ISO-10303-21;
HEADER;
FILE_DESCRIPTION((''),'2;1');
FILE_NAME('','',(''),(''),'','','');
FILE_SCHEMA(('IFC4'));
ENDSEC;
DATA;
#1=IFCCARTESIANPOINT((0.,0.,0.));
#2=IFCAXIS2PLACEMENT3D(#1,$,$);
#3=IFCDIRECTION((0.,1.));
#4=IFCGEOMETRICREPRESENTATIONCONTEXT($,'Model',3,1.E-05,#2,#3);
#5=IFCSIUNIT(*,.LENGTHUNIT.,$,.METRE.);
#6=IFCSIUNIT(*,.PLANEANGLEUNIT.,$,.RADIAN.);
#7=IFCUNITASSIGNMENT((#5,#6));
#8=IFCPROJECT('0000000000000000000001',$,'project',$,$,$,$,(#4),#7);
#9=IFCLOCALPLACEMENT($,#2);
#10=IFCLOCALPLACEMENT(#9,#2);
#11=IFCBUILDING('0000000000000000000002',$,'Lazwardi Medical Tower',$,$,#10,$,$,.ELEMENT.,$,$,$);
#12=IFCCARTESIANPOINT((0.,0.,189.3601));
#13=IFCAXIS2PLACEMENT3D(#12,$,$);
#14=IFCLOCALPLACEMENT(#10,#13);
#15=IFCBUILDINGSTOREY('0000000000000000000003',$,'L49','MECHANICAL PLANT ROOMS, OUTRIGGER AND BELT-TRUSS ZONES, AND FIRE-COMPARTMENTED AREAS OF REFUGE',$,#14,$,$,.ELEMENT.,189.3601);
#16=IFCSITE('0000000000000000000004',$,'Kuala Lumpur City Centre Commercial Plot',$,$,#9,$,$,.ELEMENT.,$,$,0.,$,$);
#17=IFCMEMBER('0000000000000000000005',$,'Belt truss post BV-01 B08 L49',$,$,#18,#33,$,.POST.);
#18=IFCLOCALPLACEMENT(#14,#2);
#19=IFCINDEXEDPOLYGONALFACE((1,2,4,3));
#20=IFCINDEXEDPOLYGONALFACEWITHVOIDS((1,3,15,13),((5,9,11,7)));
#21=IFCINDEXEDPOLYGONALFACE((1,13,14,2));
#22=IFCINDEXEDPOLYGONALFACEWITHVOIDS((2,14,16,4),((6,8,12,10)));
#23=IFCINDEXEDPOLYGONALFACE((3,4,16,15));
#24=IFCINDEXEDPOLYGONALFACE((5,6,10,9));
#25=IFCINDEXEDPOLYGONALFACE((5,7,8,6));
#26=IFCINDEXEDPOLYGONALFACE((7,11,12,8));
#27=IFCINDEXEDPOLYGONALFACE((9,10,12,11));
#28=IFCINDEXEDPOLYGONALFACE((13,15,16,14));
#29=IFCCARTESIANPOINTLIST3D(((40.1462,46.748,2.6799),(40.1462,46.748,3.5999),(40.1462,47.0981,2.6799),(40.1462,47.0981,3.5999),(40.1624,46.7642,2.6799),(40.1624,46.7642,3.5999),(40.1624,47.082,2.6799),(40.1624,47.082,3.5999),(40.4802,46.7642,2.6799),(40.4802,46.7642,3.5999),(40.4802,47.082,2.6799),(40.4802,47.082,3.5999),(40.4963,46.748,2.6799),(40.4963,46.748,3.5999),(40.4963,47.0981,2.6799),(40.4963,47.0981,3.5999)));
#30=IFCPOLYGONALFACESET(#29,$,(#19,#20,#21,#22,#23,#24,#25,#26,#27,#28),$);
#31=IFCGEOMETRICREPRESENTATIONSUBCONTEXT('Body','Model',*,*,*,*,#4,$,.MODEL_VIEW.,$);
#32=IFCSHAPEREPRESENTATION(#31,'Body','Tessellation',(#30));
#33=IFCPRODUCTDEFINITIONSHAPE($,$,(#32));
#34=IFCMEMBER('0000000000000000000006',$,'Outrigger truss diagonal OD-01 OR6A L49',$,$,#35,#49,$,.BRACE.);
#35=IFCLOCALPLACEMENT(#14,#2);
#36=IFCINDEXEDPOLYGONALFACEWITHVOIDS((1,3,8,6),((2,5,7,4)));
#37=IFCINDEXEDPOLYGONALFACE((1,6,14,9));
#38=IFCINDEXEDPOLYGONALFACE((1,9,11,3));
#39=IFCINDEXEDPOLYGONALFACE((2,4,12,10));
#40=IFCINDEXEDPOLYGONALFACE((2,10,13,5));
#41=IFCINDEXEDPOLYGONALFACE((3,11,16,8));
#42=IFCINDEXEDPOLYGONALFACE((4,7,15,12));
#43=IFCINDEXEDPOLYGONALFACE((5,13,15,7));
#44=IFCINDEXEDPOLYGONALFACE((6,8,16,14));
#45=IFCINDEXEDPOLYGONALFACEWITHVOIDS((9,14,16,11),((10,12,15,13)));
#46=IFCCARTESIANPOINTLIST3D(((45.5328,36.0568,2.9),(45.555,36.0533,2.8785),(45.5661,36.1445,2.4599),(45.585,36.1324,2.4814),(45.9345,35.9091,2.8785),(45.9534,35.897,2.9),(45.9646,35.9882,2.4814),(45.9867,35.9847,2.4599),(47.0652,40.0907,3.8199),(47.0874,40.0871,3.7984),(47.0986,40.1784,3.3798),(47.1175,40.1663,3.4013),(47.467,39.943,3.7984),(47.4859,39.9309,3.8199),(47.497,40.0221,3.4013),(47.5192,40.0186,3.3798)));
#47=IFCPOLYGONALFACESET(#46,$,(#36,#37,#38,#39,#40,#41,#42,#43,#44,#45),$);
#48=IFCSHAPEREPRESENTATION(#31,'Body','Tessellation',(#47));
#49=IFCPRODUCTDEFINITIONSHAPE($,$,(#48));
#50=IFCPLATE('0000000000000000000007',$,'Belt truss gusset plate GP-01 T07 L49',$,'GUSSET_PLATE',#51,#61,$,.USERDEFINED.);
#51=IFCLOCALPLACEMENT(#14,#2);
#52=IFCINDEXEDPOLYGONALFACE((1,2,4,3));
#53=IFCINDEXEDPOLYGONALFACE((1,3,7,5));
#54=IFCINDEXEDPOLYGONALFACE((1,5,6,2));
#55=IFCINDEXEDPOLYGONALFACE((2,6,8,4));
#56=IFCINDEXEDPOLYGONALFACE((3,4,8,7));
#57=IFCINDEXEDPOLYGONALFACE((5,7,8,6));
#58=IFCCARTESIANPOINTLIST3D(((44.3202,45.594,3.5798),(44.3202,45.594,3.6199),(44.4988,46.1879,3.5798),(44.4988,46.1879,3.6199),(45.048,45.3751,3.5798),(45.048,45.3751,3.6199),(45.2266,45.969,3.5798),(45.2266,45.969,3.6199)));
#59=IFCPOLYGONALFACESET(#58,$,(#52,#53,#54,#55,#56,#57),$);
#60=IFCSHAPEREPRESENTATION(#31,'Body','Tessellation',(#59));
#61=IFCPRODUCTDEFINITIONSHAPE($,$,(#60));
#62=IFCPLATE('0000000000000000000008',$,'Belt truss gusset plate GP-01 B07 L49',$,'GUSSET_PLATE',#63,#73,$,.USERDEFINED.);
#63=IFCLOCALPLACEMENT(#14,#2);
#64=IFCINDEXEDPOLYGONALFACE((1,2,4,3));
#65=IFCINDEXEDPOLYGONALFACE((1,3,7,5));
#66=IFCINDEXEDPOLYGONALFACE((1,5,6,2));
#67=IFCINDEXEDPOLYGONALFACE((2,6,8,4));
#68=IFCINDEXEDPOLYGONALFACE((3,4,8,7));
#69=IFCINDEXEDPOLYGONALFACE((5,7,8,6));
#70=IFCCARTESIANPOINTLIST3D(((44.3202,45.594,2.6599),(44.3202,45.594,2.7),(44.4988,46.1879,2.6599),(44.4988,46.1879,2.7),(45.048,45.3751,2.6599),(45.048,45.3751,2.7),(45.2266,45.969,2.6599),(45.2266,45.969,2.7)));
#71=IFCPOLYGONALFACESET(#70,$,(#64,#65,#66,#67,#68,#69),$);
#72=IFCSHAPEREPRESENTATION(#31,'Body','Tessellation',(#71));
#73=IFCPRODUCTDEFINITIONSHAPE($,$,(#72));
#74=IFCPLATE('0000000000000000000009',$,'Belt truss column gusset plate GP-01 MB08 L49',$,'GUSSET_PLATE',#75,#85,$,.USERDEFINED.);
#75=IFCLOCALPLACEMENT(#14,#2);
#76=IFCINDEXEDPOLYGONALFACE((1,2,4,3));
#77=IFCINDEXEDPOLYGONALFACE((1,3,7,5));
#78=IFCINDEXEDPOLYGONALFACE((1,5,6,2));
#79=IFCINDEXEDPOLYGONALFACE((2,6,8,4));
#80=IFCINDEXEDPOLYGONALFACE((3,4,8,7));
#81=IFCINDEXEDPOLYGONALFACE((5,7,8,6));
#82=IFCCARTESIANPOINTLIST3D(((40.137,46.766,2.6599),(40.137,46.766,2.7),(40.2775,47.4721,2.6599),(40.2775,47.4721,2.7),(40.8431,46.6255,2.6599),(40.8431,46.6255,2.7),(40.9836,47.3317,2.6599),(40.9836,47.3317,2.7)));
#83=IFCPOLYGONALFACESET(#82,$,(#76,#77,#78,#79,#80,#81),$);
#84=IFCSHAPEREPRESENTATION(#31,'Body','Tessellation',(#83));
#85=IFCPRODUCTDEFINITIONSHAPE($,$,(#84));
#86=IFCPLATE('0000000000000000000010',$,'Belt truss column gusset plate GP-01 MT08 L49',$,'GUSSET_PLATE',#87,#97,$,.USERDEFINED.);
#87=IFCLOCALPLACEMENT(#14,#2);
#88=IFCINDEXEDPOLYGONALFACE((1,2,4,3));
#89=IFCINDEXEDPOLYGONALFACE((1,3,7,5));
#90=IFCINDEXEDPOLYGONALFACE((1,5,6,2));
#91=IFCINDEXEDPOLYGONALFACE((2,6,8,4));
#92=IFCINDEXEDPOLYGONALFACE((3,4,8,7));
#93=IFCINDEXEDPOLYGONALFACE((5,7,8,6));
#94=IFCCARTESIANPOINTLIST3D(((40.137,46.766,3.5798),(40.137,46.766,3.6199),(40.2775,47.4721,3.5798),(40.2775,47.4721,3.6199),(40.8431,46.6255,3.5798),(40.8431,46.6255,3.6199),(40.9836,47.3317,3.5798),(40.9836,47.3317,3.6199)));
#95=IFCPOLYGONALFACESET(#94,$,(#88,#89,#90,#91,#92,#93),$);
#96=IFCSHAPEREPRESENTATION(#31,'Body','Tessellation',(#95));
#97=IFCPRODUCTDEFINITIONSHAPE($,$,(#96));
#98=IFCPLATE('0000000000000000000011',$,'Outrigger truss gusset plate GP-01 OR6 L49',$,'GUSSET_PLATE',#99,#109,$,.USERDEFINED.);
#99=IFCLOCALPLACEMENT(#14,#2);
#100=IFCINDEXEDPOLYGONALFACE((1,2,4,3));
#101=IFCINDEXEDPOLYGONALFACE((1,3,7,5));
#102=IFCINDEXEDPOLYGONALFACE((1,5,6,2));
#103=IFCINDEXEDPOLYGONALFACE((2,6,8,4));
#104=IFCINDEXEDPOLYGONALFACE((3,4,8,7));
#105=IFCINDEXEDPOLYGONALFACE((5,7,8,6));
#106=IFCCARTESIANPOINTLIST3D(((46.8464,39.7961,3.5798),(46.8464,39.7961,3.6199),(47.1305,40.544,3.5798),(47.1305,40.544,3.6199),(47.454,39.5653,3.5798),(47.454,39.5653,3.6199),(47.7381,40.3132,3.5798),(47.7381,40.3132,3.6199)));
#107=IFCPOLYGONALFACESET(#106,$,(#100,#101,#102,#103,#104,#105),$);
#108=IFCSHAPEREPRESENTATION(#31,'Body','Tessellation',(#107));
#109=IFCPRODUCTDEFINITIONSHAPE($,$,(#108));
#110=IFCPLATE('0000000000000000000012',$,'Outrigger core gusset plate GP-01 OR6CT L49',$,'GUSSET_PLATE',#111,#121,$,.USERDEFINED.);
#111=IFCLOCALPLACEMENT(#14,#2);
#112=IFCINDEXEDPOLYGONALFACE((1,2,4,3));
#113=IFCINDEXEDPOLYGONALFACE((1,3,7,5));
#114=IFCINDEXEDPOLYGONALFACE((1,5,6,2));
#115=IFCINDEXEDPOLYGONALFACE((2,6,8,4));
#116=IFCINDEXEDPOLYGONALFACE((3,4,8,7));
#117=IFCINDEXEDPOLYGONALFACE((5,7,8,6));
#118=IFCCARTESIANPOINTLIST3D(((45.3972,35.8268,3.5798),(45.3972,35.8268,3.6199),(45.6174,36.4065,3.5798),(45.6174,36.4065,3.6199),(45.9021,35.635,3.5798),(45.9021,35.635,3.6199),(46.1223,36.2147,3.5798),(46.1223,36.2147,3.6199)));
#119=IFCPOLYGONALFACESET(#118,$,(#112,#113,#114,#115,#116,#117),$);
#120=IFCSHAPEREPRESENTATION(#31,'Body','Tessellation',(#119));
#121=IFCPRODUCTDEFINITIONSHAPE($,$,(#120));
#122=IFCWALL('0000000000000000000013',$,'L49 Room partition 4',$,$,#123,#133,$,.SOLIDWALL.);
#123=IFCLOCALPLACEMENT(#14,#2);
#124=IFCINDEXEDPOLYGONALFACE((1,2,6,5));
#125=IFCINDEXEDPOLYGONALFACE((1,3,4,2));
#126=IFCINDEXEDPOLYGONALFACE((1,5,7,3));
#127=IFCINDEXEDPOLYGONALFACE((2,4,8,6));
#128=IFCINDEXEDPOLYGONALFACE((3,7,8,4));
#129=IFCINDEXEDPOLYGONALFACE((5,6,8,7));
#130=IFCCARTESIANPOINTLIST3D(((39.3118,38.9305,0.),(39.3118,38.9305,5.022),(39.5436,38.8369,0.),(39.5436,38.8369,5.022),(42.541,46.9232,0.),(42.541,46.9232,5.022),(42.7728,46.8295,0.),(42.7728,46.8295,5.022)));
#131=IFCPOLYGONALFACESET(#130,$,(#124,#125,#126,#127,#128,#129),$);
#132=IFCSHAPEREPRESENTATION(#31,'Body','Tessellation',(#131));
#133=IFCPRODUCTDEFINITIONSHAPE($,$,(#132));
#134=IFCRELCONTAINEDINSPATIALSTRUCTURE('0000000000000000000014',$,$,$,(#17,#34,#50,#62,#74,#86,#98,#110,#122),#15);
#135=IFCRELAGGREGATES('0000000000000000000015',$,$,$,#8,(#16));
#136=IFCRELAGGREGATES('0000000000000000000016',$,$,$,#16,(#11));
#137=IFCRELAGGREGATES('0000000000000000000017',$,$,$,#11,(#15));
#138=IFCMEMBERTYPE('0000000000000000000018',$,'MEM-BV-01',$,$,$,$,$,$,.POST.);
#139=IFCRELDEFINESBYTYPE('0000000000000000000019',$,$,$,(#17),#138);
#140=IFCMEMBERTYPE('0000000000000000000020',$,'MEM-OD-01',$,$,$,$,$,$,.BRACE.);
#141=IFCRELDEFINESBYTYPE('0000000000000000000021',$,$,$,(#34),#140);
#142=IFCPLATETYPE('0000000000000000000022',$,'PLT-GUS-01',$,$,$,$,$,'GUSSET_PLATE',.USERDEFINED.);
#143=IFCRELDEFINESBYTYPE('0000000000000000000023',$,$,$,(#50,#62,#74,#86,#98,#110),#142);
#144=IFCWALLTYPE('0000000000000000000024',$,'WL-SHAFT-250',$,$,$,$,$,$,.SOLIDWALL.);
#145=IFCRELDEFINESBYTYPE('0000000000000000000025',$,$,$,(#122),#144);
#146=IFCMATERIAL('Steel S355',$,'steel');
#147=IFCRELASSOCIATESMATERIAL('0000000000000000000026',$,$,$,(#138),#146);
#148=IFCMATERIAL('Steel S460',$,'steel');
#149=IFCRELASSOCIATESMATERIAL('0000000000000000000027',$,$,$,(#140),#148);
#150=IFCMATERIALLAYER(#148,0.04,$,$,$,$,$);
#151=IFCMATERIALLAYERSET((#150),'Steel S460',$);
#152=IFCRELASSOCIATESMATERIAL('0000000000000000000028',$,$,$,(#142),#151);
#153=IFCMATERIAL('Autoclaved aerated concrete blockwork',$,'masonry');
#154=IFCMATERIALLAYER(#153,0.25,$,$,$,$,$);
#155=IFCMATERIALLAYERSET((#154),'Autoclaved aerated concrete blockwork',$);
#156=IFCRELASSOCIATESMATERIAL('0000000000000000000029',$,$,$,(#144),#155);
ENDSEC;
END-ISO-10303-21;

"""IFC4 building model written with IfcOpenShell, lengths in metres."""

from ifc_helpers import new_model, si_unit, direction, frame, frame_2d, origin, origin_2d, place, context, subcontext, project, spatial, rectangle, hollow_rectangle, extrude, material, layer, layer_set, material_profile, profile_set, type_object, element, save


model = new_model("IFC4")

# Units and contexts
model_context = context("Model", 3, precision=1e-05, world=origin(), true_north=direction((0.0, 1.0)))
body_context = subcontext(model_context, "Body", "Model", "MODEL_VIEW")
ifc_project = project(units=[si_unit("LENGTHUNIT", "METRE"), si_unit("PLANEANGLEUNIT", "RADIAN")], contexts=[model_context])

# Site, building, storey
site_placement = place(None, origin())
site = spatial("IfcSite", under=ifc_project, at=site_placement, Name="Kuala Lumpur City Centre Commercial Plot", CompositionType="ELEMENT", RefElevation=0.0)
building_placement = place(site_placement, origin())
building = spatial("IfcBuilding", under=site, at=building_placement, Name="Lazwardi Medical Tower", CompositionType="ELEMENT")
storey_placement = place(building_placement, frame((0.0, 0.0, 189.3601)))
storey = spatial("IfcBuildingStorey", under=building, at=storey_placement, Name="L49", Description="MECHANICAL PLANT ROOMS, OUTRIGGER AND BELT-TRUSS ZONES, AND FIRE-COMPARTMENTED AREAS OF REFUGE", CompositionType="ELEMENT", Elevation=189.3601)

# Shared definitions
ifc_material_1 = material(Name="Steel S355", Category="steel")
ifc_material_2 = material(Name="Steel S460", Category="steel")

# Members
ifc_material_profile_1 = material_profile(ifc_material_1, hollow_rectangle(XDim=0.3501, YDim=0.3501, WallThickness=0.0161, at=origin_2d()), Name="RHS 350x350x16")
ifc_profile_set_1 = profile_set([ifc_material_profile_1], Name="Steel S355")
member_type_1 = type_object("IfcMemberType", Name="MEM-BV-01", PredefinedType="POST", material=ifc_profile_set_1)
member_1_placement = place(storey_placement, frame((40.3213, 46.9231, 2.6799), z_axis=(0.0, 0.0, 1.0), x_axis=(1.0, 0.0, 0.0)))
element("IfcMember", 1, at=member_1_placement, inside=storey, type_object=member_type_1, Name="Belt truss post BV-01 B08 L49", PredefinedType="POST", context=body_context, shape_type="SweptSolid", body=[
    extrude(hollow_rectangle(XDim=0.3501, YDim=0.3501, WallThickness=0.0161, at=origin_2d()), origin(), (0.0, 0.0, 1.0), 0.9199),
])
ifc_material_profile_2 = material_profile(ifc_material_2, hollow_rectangle(XDim=0.45, YDim=0.45, WallThickness=0.022, at=origin_2d()), Name="RHS 450x450x22")
ifc_profile_set_2 = profile_set([ifc_material_profile_2], Name="Steel S460")
member_type_2 = type_object("IfcMemberType", Name="MEM-OD-01", PredefinedType="BRACE", material=ifc_profile_set_2)
member_2_placement = place(storey_placement, frame((45.7598, 36.0208, 2.6799), z_axis=(0.347327, 0.914272, 0.208496), x_axis=(-0.934816, 0.355132, 0.0)))
element("IfcMember", 2, at=member_2_placement, inside=storey, type_object=member_type_2, Name="Outrigger truss diagonal OD-01 OR6A L49", PredefinedType="BRACE", context=body_context, shape_type="SweptSolid", body=[
    extrude(hollow_rectangle(XDim=0.45, YDim=0.45, WallThickness=0.022, at=origin_2d()), origin(), (0.0, 0.0, 1.0), 4.4121),
])

# Plates
ifc_layer_1 = layer(ifc_material_2, 0.04)
ifc_layer_set_1 = layer_set([ifc_layer_1], Name="Steel S460")
plate_type = type_object("IfcPlateType", Name="PLT-GUS-01", ElementType="GUSSET_PLATE", PredefinedType="USERDEFINED", material=ifc_layer_set_1)
for number, where, z_axis, x_axis, name in (
    (3, (44.7734, 45.7815, 3.5798), (0.0, 0.0, 1.0), (-0.957622, 0.288029, 0.0), "Belt truss gusset plate GP-01 T07 L49"),
    (4, (44.7734, 45.7815, 2.6599), (0.0, 0.0, 1.0), (-0.957622, 0.288029, 0.0), "Belt truss gusset plate GP-01 B07 L49"),
):
    element("IfcPlate", number, at=place(storey_placement, frame(where, z_axis=z_axis, x_axis=x_axis)), inside=storey, type_object=plate_type, Name=name, ObjectType="GUSSET_PLATE", PredefinedType="USERDEFINED", context=body_context, shape_type="SweptSolid", body=[
        extrude(rectangle(XDim=0.76, YDim=0.6201, at=origin_2d()), origin(), (0.0, 0.0, 1.0), 0.04),
    ])
for number, where, z_axis, x_axis, name in (
    (5, (40.5603, 47.0488, 2.6599), (0.0, 0.0, 1.0), (0.19509, 0.980785, 0.0), "Belt truss column gusset plate GP-01 MB08 L49"),
    (6, (40.5603, 47.0488, 3.5798), (0.0, 0.0, 1.0), (0.19509, 0.980785, 0.0), "Belt truss column gusset plate GP-01 MT08 L49"),
):
    element("IfcPlate", number, at=place(storey_placement, frame(where, z_axis=z_axis, x_axis=x_axis)), inside=storey, type_object=plate_type, Name=name, ObjectType="GUSSET_PLATE", PredefinedType="USERDEFINED", context=body_context, shape_type="SweptSolid", body=[
        extrude(rectangle(XDim=0.72, YDim=0.72, at=origin_2d()), origin(), (0.0, 0.0, 1.0), 0.04),
    ])
plate_1_placement = place(storey_placement, frame((47.2922, 40.0547, 3.5798), z_axis=(0.0, 0.0, 1.0), x_axis=(0.355107, 0.934826, 0.0)))
element("IfcPlate", 7, at=plate_1_placement, inside=storey, type_object=plate_type, Name="Outrigger truss gusset plate GP-01 OR6 L49", ObjectType="GUSSET_PLATE", PredefinedType="USERDEFINED", context=body_context, shape_type="SweptSolid", body=[
    extrude(rectangle(XDim=0.8, YDim=0.6499, at=origin_2d()), origin(), (0.0, 0.0, 1.0), 0.04),
])
plate_2_placement = place(storey_placement, frame((45.7598, 36.0208, 3.5798), z_axis=(0.0, 0.0, 1.0), x_axis=(0.355107, 0.934826, 0.0)))
element("IfcPlate", 8, at=plate_2_placement, inside=storey, type_object=plate_type, Name="Outrigger core gusset plate GP-01 OR6CT L49", ObjectType="GUSSET_PLATE", PredefinedType="USERDEFINED", context=body_context, shape_type="SweptSolid", body=[
    extrude(rectangle(XDim=0.6201, YDim=0.54, at=origin_2d()), origin(), (0.0, 0.0, 1.0), 0.04),
])

# Wall
ifc_material_3 = material(Name="Autoclaved aerated concrete blockwork", Category="masonry")
ifc_layer_2 = layer(ifc_material_3, 0.25)
ifc_layer_set_2 = layer_set([ifc_layer_2], Name="Autoclaved aerated concrete blockwork")
wall_type = type_object("IfcWallType", Name="WL-SHAFT-250", PredefinedType="SOLIDWALL", material=ifc_layer_set_2)
wall_placement = place(storey_placement, frame((39.4277, 38.8838, 0.0), z_axis=(0.0, 0.0, 1.0), x_axis=(0.374606, 0.927184, 0.0)))
element("IfcWall", 9, at=wall_placement, inside=storey, type_object=wall_type, Name="L49 Room partition 4", PredefinedType="SOLIDWALL", context=body_context, shape_type="SweptSolid", body=[
    extrude(rectangle(XDim=8.6204, YDim=0.25, at=frame_2d((4.3101, 0.0))), origin(), (0.0, 0.0, 1.0), 5.022),
])

save(model, "model.ifc")
